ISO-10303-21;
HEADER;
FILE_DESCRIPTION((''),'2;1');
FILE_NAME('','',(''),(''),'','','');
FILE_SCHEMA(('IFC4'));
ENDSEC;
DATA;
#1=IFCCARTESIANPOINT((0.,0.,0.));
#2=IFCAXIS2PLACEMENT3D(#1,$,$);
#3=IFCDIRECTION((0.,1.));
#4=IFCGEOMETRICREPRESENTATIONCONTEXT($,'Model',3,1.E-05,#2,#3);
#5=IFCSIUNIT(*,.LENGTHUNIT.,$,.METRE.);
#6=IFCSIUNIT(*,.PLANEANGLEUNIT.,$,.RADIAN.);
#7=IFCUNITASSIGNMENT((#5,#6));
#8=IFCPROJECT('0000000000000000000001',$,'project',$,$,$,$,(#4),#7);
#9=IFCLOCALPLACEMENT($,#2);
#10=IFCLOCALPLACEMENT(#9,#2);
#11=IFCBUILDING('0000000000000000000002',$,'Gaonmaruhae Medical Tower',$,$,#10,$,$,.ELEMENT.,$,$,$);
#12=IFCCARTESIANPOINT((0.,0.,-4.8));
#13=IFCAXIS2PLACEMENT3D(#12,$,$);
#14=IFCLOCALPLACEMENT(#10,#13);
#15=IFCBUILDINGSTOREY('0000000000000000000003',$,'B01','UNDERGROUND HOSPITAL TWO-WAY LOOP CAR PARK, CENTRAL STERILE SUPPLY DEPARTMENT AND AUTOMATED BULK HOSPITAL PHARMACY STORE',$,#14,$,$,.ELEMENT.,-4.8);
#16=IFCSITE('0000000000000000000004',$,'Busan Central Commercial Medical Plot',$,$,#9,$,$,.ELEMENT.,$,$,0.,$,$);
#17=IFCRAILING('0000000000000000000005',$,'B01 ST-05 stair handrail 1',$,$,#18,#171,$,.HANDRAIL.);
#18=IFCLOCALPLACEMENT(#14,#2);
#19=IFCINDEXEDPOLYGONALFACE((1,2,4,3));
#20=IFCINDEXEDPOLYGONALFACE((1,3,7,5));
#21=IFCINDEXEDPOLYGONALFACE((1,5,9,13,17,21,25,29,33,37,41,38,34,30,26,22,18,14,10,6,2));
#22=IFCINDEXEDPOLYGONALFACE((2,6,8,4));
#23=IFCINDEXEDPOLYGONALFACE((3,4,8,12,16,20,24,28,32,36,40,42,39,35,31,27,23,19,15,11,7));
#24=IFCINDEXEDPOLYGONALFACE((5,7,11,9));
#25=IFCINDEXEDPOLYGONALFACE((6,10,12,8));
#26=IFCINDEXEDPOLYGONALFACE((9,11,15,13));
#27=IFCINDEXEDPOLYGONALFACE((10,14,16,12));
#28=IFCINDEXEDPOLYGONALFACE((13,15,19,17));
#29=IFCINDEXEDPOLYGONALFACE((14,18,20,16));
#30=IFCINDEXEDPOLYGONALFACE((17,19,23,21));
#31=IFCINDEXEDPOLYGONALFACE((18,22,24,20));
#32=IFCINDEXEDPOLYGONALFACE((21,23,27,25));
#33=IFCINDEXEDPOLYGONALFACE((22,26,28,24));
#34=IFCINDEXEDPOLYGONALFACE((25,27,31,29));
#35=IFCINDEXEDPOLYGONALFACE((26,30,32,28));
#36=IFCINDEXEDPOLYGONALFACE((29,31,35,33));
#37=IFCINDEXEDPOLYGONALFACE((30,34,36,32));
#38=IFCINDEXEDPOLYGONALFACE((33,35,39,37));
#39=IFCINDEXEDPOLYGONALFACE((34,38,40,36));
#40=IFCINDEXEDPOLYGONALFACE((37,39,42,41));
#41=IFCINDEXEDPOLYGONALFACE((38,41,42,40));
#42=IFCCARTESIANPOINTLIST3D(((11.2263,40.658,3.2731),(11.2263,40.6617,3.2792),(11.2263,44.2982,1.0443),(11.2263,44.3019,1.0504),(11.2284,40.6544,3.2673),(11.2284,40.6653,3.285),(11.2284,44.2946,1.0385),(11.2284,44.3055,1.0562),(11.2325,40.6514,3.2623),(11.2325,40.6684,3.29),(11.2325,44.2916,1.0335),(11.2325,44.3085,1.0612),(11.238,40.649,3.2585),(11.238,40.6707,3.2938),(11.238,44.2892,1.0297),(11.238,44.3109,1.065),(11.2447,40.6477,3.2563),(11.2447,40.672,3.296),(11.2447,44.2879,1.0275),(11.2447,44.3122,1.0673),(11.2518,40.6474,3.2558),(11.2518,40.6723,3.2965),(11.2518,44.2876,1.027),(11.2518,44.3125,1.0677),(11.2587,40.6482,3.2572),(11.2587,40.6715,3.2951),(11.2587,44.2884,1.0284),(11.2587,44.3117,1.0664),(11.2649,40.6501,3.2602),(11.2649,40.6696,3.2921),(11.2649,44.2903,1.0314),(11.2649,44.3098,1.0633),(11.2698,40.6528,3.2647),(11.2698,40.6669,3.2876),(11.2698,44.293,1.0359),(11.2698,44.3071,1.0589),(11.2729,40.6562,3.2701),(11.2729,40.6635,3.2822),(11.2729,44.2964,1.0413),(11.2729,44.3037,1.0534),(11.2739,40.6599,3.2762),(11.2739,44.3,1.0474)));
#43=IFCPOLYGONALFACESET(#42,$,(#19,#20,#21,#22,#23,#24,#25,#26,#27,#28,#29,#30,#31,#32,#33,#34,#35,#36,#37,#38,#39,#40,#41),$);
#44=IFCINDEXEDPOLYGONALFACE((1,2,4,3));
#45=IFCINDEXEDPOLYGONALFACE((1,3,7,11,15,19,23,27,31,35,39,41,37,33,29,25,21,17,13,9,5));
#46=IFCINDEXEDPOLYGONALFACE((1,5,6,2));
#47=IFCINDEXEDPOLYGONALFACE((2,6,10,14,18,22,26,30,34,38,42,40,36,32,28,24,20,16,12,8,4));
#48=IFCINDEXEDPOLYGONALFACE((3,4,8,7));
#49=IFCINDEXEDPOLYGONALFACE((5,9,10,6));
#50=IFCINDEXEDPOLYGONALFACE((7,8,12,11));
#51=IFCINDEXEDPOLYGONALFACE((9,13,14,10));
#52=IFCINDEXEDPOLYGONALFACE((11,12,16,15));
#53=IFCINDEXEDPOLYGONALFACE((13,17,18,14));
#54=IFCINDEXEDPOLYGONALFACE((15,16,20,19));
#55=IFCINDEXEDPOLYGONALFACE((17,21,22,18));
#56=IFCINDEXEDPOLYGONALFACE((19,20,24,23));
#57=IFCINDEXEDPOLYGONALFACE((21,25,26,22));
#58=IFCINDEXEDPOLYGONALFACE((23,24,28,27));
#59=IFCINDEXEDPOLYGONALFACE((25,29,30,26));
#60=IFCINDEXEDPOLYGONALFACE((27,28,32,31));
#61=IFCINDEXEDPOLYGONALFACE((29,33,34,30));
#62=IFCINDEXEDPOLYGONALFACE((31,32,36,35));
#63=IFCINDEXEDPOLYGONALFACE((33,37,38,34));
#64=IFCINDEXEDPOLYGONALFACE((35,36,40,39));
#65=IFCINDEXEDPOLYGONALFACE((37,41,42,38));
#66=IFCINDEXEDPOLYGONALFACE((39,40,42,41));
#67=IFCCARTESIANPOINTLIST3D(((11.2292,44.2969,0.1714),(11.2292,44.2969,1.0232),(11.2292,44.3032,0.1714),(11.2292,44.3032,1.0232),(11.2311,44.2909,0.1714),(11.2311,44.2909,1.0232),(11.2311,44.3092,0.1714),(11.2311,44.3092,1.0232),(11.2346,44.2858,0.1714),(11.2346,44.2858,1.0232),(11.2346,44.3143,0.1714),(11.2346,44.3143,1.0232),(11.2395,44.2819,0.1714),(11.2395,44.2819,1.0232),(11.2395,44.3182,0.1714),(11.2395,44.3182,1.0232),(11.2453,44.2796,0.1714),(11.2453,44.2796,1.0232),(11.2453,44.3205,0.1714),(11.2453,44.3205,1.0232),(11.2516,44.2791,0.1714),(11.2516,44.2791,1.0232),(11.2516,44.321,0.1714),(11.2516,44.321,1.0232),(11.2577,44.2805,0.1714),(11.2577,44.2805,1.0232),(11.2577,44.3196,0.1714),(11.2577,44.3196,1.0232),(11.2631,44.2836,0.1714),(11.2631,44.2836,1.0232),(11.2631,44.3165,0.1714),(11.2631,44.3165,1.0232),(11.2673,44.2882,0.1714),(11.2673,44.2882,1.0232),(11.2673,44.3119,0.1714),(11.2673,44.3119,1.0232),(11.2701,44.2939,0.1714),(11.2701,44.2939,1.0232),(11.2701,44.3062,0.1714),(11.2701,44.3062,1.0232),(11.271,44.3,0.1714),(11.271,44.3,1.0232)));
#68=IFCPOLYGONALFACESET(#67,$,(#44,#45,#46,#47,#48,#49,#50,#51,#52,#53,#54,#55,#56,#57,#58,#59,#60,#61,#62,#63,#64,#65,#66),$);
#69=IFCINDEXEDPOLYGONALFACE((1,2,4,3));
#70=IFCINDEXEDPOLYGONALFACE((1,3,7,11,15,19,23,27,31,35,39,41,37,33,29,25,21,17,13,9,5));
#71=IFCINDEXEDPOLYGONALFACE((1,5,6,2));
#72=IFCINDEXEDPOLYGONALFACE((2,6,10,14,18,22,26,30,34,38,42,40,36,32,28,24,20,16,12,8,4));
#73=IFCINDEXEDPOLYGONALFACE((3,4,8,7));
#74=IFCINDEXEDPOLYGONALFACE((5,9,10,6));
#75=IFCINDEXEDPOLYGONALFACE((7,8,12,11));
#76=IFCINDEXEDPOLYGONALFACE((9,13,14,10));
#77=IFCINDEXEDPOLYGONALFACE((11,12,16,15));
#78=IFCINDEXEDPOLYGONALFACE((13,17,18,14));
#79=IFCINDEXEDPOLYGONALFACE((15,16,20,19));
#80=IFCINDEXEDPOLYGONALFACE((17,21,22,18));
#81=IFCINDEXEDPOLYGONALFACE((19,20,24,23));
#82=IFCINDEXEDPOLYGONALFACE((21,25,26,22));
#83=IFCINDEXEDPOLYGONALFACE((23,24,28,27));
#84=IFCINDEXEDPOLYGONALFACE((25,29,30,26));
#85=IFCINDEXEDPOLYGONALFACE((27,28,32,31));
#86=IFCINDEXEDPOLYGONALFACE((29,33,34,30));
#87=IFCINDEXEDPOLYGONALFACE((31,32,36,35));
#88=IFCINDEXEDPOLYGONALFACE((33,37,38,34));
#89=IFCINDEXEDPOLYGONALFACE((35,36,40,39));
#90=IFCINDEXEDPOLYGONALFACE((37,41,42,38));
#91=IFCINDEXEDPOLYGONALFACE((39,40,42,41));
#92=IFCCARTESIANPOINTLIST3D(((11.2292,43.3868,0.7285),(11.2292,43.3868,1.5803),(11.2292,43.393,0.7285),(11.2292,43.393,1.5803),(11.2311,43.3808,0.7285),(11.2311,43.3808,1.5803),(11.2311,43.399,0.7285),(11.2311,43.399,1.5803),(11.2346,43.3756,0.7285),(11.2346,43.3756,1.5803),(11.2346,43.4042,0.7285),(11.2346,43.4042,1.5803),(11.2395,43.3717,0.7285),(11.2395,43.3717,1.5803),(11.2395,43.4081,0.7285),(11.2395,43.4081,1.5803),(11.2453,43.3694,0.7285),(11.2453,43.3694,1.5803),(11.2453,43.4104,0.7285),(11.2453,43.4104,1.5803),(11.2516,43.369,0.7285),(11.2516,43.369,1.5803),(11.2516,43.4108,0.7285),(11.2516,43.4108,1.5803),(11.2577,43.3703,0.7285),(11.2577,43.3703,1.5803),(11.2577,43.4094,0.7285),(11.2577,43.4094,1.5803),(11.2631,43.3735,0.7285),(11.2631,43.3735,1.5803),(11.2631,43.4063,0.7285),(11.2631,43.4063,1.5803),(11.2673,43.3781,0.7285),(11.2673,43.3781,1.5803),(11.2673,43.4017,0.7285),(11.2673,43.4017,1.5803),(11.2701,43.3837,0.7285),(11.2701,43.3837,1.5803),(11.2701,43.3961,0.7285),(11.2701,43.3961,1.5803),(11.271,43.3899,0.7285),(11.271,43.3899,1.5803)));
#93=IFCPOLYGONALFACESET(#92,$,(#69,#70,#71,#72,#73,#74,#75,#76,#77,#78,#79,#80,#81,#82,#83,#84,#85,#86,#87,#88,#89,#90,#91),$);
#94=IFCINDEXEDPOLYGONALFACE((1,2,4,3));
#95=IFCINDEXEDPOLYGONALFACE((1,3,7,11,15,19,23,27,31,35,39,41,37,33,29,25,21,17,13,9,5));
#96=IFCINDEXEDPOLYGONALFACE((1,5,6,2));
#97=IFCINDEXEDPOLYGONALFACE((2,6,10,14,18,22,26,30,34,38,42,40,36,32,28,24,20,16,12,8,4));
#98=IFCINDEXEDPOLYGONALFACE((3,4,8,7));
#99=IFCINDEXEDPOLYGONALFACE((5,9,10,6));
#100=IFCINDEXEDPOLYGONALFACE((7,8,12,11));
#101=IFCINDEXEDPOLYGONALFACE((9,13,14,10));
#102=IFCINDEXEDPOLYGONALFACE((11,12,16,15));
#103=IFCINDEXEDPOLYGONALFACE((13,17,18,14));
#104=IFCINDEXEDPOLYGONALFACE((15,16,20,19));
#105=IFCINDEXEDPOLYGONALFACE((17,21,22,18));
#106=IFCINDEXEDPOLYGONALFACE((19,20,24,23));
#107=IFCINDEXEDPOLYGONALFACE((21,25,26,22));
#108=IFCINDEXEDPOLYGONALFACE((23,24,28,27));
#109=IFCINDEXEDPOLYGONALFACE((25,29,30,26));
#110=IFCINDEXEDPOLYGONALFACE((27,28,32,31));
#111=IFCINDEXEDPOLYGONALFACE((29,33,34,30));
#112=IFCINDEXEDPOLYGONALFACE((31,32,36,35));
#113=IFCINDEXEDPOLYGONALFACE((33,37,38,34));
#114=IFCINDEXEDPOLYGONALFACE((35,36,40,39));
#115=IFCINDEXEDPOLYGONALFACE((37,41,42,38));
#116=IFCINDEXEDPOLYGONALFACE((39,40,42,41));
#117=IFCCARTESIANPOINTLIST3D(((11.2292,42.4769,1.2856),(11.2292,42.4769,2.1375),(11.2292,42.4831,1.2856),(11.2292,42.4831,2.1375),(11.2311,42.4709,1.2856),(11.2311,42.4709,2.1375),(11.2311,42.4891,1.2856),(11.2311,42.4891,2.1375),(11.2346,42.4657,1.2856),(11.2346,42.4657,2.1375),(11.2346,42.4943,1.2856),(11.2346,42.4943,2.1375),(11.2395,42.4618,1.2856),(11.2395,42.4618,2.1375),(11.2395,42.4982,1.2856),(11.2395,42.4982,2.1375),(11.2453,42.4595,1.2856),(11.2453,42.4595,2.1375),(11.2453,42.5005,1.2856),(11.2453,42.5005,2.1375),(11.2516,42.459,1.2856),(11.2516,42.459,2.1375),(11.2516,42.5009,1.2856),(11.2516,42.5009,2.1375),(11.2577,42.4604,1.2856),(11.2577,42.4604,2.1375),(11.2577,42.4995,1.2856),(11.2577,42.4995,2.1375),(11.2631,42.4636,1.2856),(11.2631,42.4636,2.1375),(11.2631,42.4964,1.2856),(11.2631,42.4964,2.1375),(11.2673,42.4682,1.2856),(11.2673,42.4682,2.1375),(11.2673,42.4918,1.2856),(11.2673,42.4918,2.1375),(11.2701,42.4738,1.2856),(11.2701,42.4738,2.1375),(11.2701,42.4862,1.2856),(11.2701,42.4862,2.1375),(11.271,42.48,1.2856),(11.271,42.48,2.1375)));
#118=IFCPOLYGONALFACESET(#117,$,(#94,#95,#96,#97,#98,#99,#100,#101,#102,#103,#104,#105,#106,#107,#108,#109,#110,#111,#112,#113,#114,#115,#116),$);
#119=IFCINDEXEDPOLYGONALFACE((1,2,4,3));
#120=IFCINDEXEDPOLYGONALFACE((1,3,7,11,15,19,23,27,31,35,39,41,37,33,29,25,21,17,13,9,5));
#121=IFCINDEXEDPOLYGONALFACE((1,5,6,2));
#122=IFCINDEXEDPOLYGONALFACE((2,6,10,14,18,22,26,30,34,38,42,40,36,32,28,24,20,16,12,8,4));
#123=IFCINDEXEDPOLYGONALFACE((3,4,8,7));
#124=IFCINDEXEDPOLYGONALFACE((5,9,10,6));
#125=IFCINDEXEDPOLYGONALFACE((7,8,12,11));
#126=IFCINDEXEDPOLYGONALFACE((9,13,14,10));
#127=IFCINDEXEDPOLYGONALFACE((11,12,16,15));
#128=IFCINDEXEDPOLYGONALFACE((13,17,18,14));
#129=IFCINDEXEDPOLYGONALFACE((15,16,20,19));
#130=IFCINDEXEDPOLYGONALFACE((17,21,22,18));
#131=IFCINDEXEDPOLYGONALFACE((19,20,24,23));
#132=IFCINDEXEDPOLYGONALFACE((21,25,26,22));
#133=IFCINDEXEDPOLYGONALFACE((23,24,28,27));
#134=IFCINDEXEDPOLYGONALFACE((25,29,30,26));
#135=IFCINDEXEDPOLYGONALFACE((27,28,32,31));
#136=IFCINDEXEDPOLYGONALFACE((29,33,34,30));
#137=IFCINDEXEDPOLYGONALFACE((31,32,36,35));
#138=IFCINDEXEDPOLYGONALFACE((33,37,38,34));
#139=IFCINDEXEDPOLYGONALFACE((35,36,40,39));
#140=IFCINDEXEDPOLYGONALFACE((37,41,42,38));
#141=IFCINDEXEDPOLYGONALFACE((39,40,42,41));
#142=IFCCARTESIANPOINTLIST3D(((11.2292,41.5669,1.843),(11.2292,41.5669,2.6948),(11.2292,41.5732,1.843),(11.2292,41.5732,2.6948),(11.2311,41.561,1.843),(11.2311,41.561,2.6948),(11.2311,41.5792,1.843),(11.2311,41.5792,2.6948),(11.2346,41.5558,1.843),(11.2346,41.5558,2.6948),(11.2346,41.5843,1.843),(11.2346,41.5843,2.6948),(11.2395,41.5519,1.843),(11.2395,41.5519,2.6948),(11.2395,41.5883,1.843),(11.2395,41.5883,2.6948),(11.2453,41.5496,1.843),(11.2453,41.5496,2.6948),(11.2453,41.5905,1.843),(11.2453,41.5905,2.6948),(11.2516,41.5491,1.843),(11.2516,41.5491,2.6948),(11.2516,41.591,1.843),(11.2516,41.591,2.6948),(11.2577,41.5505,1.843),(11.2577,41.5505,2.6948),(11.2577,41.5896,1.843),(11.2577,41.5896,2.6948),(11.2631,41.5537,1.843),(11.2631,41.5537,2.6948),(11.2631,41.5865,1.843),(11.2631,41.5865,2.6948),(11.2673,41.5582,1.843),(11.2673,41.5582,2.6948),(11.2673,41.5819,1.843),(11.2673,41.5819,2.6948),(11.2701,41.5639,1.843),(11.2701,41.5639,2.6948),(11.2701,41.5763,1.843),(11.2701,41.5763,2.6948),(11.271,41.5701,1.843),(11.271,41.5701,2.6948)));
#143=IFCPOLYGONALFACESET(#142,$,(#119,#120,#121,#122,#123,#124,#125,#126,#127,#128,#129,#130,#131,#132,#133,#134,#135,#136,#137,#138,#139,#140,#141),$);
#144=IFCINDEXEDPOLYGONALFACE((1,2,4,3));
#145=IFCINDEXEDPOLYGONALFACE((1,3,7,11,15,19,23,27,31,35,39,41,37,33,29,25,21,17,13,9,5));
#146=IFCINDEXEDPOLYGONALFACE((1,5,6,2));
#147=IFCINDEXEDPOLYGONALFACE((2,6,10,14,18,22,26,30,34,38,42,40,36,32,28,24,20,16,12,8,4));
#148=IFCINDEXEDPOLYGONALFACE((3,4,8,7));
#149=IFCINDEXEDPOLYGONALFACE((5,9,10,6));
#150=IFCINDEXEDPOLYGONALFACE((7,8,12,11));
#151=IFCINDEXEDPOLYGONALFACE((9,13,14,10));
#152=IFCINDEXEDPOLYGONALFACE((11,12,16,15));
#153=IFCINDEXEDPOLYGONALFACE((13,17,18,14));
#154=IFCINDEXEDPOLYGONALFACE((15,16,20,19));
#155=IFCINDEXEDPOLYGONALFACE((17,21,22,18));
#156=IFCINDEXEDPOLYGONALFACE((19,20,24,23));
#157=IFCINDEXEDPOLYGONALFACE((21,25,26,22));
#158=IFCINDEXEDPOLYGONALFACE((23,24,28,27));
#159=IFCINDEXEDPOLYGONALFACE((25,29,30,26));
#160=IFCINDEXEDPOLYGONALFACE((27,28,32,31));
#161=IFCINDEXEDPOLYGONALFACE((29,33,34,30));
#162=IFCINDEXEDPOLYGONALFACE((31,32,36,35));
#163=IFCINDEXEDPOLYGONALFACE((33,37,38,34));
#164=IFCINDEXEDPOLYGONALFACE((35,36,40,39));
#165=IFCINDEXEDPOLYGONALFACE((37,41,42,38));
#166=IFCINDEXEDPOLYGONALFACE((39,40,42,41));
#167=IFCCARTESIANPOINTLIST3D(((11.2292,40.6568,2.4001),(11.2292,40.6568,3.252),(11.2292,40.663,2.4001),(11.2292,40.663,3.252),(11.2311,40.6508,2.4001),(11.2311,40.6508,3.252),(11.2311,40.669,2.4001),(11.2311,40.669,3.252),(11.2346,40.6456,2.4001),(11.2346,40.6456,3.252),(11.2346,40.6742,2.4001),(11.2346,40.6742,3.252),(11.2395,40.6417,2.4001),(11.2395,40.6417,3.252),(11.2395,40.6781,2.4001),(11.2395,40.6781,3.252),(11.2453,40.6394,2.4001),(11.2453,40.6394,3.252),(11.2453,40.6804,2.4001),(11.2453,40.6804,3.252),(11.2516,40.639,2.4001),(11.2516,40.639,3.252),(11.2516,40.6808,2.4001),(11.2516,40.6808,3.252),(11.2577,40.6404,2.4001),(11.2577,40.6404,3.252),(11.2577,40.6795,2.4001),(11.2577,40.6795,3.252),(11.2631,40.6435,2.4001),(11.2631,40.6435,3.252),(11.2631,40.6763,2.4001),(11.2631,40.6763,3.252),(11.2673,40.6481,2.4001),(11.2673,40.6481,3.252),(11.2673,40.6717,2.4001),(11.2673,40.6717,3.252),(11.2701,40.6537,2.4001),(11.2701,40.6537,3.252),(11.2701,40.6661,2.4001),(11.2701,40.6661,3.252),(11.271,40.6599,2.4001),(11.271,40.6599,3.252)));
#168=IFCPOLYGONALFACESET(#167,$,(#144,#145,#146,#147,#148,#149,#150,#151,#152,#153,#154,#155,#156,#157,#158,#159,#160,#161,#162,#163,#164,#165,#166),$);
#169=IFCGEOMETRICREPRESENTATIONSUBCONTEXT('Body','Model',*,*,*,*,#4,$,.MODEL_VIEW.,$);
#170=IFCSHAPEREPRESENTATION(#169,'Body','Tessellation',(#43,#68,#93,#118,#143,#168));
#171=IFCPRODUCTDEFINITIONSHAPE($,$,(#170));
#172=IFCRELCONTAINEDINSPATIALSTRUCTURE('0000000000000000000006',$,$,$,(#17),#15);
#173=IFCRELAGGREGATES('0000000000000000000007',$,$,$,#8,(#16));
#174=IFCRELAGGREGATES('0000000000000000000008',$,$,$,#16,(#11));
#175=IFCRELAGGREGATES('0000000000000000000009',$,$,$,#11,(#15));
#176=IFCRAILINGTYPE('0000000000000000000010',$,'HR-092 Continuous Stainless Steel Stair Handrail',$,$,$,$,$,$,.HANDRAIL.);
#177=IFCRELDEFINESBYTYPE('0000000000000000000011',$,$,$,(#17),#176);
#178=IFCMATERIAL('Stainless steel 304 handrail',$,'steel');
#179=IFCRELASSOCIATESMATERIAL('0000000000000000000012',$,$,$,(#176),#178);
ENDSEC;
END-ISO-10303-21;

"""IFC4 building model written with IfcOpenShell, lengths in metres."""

from ifc_helpers import new_model, si_unit, direction, frame, origin, origin_2d, place, context, subcontext, project, spatial, circle, extrude, material, type_object, element, save


model = new_model("IFC4")

# Units and contexts
model_context = context("Model", 3, precision=1e-05, world=origin(), true_north=direction((0.0, 1.0)))
body_context = subcontext(model_context, "Body", "Model", "MODEL_VIEW")
ifc_project = project(units=[si_unit("LENGTHUNIT", "METRE"), si_unit("PLANEANGLEUNIT", "RADIAN")], contexts=[model_context])

# Site, building, storey
site_placement = place(None, origin())
site = spatial("IfcSite", under=ifc_project, at=site_placement, Name="Busan Central Commercial Medical Plot", CompositionType="ELEMENT", RefElevation=0.0)
building_placement = place(site_placement, origin())
building = spatial("IfcBuilding", under=site, at=building_placement, Name="Gaonmaruhae Medical Tower", CompositionType="ELEMENT")
storey_placement = place(building_placement, frame((0.0, 0.0, -4.8)))
storey = spatial("IfcBuildingStorey", under=building, at=storey_placement, Name="B01", Description="UNDERGROUND HOSPITAL TWO-WAY LOOP CAR PARK, CENTRAL STERILE SUPPLY DEPARTMENT AND AUTOMATED BULK HOSPITAL PHARMACY STORE", CompositionType="ELEMENT", Elevation=-4.8)

# Railing
ifc_material_1 = material(Name="Stainless steel 304 handrail", Category="steel")
railing_type_1 = type_object("IfcRailingType", Name="HR-092 Continuous Stainless Steel Stair Handrail", PredefinedType="HANDRAIL", material=ifc_material_1)
railing_1_placement = place(storey_placement, frame((11.25, 44.3, 0.1714)))
element("IfcRailing", 1, at=railing_1_placement, inside=storey, type_object=railing_type_1, Name="B01 ST-05 stair handrail 1", PredefinedType="HANDRAIL", context=body_context, shape_type="SweptSolid", body=[
    extrude(circle(Radius=0.0239, at=origin_2d()), frame((0.0, 0.0, 0.876), z_axis=(0.0, -0.85284, 0.522172), x_axis=(1.0, 0.0, 0.0)), (0.0, 0.0, 1.0), 4.2683),
    extrude(circle(Radius=0.021, at=origin_2d()), origin(), (0.0, 0.0, 1.0), 0.8518),
    extrude(circle(Radius=0.021, at=origin_2d()), frame((0.0, -0.9102, 0.5571)), (0.0, 0.0, 1.0), 0.8518),
    extrude(circle(Radius=0.021, at=origin_2d()), frame((0.0, -1.8201, 1.1143)), (0.0, 0.0, 1.0), 0.8518),
    extrude(circle(Radius=0.021, at=origin_2d()), frame((0.0, -2.73, 1.6716)), (0.0, 0.0, 1.0), 0.8518),
    extrude(circle(Radius=0.021, at=origin_2d()), frame((0.0, -3.6401, 2.2288)), (0.0, 0.0, 1.0), 0.8518),
])

save(model, "model.ifc")
